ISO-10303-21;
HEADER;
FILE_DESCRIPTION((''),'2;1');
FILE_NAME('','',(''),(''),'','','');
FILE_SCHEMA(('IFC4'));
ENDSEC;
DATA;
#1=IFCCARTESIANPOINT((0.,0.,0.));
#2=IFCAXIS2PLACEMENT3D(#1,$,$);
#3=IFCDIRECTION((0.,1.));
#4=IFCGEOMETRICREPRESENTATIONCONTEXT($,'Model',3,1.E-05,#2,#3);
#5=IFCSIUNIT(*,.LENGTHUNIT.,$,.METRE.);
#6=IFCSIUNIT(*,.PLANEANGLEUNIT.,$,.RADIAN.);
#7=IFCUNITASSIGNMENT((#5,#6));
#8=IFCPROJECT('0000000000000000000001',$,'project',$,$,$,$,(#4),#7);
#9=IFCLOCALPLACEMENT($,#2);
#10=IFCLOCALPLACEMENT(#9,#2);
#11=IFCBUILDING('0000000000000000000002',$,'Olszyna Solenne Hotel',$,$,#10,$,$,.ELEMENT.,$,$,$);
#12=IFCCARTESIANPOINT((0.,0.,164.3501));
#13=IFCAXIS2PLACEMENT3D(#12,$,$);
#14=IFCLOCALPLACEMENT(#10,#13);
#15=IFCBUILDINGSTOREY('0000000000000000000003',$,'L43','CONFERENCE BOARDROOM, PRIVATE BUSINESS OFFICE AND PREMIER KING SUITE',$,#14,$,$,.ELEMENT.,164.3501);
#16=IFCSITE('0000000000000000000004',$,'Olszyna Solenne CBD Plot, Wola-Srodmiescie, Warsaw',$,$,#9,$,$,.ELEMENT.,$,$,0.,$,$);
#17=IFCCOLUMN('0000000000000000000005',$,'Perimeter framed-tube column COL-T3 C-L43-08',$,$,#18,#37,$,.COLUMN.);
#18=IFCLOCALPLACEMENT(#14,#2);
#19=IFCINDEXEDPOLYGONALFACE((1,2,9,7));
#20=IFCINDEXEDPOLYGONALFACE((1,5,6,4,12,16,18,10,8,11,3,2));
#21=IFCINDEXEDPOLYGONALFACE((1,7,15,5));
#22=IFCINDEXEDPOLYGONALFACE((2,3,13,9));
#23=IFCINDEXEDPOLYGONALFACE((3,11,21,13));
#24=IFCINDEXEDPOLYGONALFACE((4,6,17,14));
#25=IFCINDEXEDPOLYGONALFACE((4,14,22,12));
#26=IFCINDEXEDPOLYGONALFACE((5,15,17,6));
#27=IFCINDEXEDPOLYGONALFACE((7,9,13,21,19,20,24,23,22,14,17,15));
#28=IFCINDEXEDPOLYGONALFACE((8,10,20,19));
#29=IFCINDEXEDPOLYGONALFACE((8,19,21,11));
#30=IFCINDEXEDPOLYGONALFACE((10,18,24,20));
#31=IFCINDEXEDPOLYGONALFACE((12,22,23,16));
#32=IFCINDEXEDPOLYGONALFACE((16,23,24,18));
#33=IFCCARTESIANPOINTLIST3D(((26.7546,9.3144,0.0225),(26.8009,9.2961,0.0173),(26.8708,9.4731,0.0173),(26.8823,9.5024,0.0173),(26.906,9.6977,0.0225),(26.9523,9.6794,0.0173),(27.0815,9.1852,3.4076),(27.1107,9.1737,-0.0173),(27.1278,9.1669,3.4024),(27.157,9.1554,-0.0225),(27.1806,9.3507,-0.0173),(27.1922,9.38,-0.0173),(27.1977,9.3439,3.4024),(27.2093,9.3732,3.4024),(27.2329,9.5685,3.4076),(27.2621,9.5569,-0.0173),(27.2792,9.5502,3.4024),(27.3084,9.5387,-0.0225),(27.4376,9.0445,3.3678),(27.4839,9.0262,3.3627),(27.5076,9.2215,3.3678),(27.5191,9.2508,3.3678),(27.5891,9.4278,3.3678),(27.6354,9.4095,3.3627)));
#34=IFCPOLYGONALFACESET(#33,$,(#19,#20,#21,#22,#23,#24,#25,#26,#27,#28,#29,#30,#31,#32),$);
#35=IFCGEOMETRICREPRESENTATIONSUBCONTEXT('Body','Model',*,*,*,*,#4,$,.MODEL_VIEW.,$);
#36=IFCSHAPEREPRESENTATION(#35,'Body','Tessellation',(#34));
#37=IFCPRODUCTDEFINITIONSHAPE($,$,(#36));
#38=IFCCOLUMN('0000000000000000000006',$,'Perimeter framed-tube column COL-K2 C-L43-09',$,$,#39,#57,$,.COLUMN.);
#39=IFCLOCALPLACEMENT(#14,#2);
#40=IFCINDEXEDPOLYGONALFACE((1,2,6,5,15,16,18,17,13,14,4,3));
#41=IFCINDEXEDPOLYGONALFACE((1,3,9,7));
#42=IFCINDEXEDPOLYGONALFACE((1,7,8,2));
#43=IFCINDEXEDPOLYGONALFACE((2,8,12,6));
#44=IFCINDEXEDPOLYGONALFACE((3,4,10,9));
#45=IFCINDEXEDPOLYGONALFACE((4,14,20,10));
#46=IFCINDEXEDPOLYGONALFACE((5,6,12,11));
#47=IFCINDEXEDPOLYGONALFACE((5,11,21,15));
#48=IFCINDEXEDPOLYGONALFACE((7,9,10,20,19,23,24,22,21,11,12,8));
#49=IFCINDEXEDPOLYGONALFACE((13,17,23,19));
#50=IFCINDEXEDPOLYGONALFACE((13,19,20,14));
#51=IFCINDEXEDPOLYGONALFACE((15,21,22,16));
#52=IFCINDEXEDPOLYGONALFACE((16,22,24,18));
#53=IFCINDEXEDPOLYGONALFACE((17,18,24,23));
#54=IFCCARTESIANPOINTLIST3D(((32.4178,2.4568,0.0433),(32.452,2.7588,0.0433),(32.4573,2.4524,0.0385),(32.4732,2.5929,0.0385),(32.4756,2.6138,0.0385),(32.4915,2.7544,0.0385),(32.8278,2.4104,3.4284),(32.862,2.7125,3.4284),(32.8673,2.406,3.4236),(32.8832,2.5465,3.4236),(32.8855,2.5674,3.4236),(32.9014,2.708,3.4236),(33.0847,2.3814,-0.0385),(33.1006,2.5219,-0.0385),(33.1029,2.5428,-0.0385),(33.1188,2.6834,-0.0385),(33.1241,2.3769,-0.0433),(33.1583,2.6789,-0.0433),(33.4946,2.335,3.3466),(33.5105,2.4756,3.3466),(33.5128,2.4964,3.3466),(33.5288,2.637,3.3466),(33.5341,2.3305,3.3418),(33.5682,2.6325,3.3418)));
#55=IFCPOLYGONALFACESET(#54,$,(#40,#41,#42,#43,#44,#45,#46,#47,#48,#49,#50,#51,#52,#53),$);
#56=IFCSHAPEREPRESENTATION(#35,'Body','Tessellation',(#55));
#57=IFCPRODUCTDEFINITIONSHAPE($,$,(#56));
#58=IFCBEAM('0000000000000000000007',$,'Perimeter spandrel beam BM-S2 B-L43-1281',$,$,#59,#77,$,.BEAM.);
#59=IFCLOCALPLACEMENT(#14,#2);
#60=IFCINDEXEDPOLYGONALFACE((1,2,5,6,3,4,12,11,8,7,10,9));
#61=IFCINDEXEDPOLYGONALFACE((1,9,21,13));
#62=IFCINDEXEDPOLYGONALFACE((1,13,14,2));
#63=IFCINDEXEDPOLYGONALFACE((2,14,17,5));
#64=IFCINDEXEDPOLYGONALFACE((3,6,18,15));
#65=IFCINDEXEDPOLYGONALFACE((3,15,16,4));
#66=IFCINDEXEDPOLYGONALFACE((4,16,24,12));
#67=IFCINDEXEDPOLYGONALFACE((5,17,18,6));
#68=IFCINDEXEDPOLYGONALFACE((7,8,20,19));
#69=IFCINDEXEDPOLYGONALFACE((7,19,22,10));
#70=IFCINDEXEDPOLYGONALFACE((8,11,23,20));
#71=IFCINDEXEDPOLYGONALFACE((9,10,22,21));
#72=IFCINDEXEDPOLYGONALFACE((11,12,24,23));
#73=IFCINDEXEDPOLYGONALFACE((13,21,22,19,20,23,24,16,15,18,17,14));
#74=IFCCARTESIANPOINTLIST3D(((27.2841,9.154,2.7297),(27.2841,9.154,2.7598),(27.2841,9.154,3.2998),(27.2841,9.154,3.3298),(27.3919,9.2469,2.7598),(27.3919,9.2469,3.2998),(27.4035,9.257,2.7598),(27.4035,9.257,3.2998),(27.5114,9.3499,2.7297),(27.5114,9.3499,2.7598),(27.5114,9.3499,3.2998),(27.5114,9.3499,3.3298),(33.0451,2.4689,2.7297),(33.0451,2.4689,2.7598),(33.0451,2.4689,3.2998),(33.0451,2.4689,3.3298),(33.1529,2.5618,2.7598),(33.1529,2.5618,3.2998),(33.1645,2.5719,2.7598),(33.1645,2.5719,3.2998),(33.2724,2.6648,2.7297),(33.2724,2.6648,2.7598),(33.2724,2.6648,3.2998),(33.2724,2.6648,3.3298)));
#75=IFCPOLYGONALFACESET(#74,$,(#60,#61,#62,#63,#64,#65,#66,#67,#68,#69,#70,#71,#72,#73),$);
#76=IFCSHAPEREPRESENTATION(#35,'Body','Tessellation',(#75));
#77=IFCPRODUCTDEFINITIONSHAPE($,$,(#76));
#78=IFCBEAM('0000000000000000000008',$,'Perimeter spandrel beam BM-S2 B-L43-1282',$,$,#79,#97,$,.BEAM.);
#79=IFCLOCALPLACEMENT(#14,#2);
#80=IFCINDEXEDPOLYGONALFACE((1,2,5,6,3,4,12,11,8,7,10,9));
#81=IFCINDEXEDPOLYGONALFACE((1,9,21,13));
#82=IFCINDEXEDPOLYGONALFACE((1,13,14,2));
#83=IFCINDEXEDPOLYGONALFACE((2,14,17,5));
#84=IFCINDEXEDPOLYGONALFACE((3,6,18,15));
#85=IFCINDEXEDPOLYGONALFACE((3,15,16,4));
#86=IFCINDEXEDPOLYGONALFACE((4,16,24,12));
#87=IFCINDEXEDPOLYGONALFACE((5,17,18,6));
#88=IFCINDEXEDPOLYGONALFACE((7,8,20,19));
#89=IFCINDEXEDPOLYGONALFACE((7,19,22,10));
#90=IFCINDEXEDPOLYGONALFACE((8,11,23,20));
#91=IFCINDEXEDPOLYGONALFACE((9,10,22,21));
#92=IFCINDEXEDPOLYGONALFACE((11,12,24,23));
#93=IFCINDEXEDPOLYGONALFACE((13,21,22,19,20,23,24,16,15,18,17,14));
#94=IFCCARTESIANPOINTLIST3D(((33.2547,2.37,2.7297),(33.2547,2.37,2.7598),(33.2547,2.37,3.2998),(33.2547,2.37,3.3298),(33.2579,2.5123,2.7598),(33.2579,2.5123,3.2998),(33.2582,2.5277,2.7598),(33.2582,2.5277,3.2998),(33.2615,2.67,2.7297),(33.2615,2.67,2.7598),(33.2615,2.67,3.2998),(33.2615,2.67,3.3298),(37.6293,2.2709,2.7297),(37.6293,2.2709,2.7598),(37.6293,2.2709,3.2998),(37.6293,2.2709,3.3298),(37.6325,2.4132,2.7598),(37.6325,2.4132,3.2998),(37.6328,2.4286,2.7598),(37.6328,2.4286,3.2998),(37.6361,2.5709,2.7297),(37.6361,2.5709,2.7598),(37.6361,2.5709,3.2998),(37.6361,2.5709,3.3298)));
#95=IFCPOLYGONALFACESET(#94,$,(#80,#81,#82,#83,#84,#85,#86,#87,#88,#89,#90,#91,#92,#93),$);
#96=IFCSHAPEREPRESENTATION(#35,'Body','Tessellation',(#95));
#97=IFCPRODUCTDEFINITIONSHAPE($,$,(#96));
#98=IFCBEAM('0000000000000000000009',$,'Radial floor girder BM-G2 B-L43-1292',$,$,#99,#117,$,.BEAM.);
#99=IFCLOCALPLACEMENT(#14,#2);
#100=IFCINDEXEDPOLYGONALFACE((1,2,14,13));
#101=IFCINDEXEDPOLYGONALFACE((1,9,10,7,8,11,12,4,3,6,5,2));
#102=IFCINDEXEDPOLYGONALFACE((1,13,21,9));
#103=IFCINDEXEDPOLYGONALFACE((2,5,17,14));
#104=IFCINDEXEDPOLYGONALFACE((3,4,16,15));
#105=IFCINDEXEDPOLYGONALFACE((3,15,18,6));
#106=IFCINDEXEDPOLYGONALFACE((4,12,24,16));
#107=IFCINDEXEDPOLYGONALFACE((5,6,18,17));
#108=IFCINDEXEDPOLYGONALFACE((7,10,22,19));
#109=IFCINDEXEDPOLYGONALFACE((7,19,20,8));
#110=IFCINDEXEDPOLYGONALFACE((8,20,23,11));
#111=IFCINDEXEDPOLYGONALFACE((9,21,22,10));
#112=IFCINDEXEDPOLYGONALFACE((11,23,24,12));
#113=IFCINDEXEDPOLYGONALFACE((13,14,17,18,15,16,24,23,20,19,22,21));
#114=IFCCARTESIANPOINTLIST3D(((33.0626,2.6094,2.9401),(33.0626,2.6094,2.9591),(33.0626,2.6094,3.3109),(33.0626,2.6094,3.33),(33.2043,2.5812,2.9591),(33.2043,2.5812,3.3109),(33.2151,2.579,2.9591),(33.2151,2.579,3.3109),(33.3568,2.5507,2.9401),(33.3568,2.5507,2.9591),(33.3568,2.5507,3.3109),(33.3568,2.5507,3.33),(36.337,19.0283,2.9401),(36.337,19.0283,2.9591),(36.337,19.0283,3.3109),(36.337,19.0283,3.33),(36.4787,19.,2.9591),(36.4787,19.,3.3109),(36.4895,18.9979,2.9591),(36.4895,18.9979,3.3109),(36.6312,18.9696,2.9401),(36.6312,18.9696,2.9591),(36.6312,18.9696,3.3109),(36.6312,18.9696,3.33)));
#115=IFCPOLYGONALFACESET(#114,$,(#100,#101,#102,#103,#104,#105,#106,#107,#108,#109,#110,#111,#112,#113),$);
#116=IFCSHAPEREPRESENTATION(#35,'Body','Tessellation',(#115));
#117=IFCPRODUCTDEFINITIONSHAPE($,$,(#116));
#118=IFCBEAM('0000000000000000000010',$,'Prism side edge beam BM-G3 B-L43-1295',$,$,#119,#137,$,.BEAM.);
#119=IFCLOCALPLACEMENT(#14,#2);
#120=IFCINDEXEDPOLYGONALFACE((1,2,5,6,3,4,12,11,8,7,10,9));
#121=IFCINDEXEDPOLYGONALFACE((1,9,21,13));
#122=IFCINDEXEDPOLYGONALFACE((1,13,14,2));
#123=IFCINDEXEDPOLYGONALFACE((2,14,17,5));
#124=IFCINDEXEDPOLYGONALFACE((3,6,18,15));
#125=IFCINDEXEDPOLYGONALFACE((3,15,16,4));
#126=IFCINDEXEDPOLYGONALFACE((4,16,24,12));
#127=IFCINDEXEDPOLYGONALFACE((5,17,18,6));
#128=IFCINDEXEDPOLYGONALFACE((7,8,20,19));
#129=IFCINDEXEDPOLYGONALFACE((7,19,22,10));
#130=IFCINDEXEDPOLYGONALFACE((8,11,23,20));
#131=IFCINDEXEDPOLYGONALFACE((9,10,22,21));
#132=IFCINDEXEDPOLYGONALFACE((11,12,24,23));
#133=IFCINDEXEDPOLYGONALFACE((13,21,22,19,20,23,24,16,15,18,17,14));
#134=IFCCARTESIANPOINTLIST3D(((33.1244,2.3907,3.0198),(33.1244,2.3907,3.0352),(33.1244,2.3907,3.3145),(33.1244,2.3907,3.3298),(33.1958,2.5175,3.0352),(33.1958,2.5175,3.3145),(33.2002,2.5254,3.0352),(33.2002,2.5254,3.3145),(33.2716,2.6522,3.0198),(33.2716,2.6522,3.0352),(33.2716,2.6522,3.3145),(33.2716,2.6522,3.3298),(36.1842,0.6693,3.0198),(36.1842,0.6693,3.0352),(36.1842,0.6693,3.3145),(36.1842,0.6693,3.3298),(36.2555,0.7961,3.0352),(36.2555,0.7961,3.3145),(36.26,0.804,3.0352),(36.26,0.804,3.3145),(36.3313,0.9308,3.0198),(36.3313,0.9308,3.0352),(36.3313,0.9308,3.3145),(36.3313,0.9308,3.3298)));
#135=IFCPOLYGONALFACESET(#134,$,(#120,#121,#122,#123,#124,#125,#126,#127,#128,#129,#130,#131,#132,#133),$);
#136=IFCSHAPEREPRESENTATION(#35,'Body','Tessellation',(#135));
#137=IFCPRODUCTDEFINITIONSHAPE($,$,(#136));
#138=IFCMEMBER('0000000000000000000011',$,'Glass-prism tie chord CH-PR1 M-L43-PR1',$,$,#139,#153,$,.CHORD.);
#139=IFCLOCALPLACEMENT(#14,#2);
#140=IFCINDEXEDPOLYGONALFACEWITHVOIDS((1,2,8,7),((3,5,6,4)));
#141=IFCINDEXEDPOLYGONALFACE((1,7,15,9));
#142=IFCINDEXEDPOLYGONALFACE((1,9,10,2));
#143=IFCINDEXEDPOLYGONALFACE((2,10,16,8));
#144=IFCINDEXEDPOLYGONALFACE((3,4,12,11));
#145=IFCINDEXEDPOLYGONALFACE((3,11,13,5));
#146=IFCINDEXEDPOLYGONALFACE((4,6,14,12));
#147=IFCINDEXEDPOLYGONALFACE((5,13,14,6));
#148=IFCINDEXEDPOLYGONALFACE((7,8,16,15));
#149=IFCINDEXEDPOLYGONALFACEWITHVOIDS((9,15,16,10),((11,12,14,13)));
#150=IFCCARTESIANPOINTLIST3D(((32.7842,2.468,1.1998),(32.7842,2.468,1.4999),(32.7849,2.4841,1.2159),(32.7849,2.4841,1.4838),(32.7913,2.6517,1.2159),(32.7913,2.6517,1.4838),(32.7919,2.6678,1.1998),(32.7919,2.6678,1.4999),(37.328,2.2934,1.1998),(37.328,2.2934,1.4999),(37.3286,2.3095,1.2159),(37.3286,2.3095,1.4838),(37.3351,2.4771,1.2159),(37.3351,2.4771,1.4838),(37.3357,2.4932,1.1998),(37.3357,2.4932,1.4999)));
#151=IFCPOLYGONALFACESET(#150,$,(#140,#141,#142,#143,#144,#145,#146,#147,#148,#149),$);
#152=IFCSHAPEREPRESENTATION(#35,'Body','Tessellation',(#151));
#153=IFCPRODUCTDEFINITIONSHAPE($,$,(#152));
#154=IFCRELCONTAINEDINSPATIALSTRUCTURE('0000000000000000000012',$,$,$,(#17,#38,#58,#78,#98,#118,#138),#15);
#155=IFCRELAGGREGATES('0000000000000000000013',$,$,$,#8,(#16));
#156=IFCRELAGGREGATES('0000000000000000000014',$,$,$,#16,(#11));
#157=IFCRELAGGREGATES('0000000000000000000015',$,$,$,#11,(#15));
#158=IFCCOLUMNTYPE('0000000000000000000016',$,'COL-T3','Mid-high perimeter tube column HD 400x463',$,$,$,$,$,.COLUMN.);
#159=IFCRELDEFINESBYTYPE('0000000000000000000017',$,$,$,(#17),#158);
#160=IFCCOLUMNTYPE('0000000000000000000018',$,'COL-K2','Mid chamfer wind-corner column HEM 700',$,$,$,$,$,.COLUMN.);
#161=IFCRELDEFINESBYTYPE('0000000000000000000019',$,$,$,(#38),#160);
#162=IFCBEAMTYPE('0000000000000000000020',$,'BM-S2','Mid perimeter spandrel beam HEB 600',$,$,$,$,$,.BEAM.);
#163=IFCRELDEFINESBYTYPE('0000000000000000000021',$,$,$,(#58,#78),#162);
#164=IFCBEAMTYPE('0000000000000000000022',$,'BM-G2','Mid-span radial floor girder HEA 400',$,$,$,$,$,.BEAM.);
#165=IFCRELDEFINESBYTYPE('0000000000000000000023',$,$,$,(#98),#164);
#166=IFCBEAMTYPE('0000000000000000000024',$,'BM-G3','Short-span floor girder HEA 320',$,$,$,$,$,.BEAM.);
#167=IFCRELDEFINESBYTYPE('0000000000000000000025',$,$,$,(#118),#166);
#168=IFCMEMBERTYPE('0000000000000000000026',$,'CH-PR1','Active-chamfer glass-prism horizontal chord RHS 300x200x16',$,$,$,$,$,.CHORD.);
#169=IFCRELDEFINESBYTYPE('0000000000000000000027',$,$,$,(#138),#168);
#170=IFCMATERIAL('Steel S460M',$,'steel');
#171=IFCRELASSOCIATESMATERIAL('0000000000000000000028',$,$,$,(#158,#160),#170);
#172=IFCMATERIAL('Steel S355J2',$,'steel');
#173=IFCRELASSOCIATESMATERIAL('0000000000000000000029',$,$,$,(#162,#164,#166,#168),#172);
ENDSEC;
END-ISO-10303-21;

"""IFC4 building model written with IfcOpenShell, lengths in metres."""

from ifc_helpers import new_model, si_unit, direction, frame, origin, origin_2d, place, context, subcontext, project, spatial, hollow_rectangle, i_section, extrude, source, transform, mapped, material, material_profile, profile_set, type_object, element, save


model = new_model("IFC4")

# Units and contexts
model_context = context("Model", 3, precision=1e-05, world=origin(), true_north=direction((0.0, 1.0)))
body_context = subcontext(model_context, "Body", "Model", "MODEL_VIEW")
ifc_project = project(units=[si_unit("LENGTHUNIT", "METRE"), si_unit("PLANEANGLEUNIT", "RADIAN")], contexts=[model_context])

# Site, building, storey
site_placement = place(None, origin())
site = spatial("IfcSite", under=ifc_project, at=site_placement, Name="Olszyna Solenne CBD Plot, Wola-Srodmiescie, Warsaw", CompositionType="ELEMENT", RefElevation=0.0)
building_placement = place(site_placement, origin())
building = spatial("IfcBuilding", under=site, at=building_placement, Name="Olszyna Solenne Hotel", CompositionType="ELEMENT")
storey_placement = place(building_placement, frame((0.0, 0.0, 164.3501)))
storey = spatial("IfcBuildingStorey", under=building, at=storey_placement, Name="L43", Description="CONFERENCE BOARDROOM, PRIVATE BUSINESS OFFICE AND PREMIER KING SUITE", CompositionType="ELEMENT", Elevation=164.3501)

# Columns
ifc_material_1 = material(Name="Steel S460M", Category="steel")
ifc_material_profile_1 = material_profile(ifc_material_1, i_section(OverallWidth=0.4121, OverallDepth=0.4351, WebThickness=0.0315, FlangeThickness=0.05, at=origin_2d()), Name="HD 400x463", Category="load-bearing")
ifc_profile_set_1 = profile_set([ifc_material_profile_1], Name="Steel S460M")
column_type_1 = type_object("IfcColumnType", Name="COL-T3", Description="Mid-high perimeter tube column HD 400x463", PredefinedType="COLUMN", material=ifc_profile_set_1)
shared_shape_1 = source(origin(), body_context, "Body", "SweptSolid", [
    extrude(i_section(OverallWidth=0.4121, OverallDepth=0.4351, WebThickness=0.0315, FlangeThickness=0.05, at=origin_2d()), origin(), (0.0, 0.0, 1.0), 3.4033),
])
column_1_placement = place(storey_placement, frame((27.0315, 9.4265, 0.0), z_axis=(0.096058, -0.03795, 0.994652), x_axis=(0.367435, 0.930049, 0.0)))
element("IfcColumn", 1, at=column_1_placement, inside=storey, type_object=column_type_1, Name="Perimeter framed-tube column COL-T3 C-L43-08", PredefinedType="COLUMN", context=body_context, shape_type="MappedRepresentation", body=[
    mapped(shared_shape_1, transform((0.0, 0.0, 0.0), x_axis=(1.0, 0.0, 0.0), y_axis=(0.0, 1.0, 0.0), z_axis=(0.0, 0.0, 1.0), scale=1.0)),
])
ifc_material_profile_2 = material_profile(ifc_material_1, i_section(OverallWidth=0.304, OverallDepth=0.7161, WebThickness=0.021, FlangeThickness=0.04, at=origin_2d()), Name="HEM 700", Category="load-bearing")
ifc_profile_set_2 = profile_set([ifc_material_profile_2], Name="Steel S460M")
column_type_2 = type_object("IfcColumnType", Name="COL-K2", Description="Mid chamfer wind-corner column HEM 700", PredefinedType="COLUMN", material=ifc_profile_set_2)
shared_shape_2 = source(origin(), body_context, "Body", "SweptSolid", [
    extrude(i_section(OverallWidth=0.304, OverallDepth=0.7161, WebThickness=0.021, FlangeThickness=0.04, at=origin_2d()), origin(), (0.0, 0.0, 1.0), 3.4102),
])
column_2_placement = place(storey_placement, frame((32.7881, 2.5679, 0.0), z_axis=(0.120207, -0.013603, 0.992656), x_axis=(0.112445, 0.993658, 0.0)))
element("IfcColumn", 2, at=column_2_placement, inside=storey, type_object=column_type_2, Name="Perimeter framed-tube column COL-K2 C-L43-09", PredefinedType="COLUMN", context=body_context, shape_type="MappedRepresentation", body=[
    mapped(shared_shape_2, transform((0.0, 0.0, 0.0), x_axis=(1.0, 0.0, 0.0), y_axis=(0.0, 1.0, 0.0), z_axis=(0.0, 0.0, 1.0), scale=1.0)),
])

# Beams
ifc_material_2 = material(Name="Steel S355J2", Category="steel")
ifc_material_profile_3 = material_profile(ifc_material_2, i_section(OverallWidth=0.3, OverallDepth=0.6001, WebThickness=0.0154, FlangeThickness=0.03, at=origin_2d()), Name="HEB 600", Category="load-bearing")
ifc_profile_set_3 = profile_set([ifc_material_profile_3], Name="Steel S355J2")
beam_type_1 = type_object("IfcBeamType", Name="BM-S2", Description="Mid perimeter spandrel beam HEB 600", PredefinedType="BEAM", material=ifc_profile_set_3)
shared_shape_3 = source(origin(), body_context, "Body", "SweptSolid", [
    extrude(i_section(OverallWidth=0.3, OverallDepth=0.6001, WebThickness=0.0154, FlangeThickness=0.03, at=origin_2d()), origin(), (0.0, 0.0, 1.0), 8.825),
])
beam_1_placement = place(storey_placement, frame((27.3977, 9.252, 3.0298), z_axis=(0.65281, -0.757522, 0.0), x_axis=(0.757522, 0.65281, 0.0)))
element("IfcBeam", 3, at=beam_1_placement, inside=storey, type_object=beam_type_1, Name="Perimeter spandrel beam BM-S2 B-L43-1281", PredefinedType="BEAM", context=body_context, shape_type="MappedRepresentation", body=[
    mapped(shared_shape_3, transform((0.0, 0.0, 0.0), x_axis=(1.0, 0.0, 0.0), y_axis=(0.0, 1.0, 0.0), z_axis=(0.0, 0.0, 1.0), scale=1.0)),
])
shared_shape_4 = source(origin(), body_context, "Body", "SweptSolid", [
    extrude(i_section(OverallWidth=0.3, OverallDepth=0.6001, WebThickness=0.0154, FlangeThickness=0.03, at=origin_2d()), origin(), (0.0, 0.0, 1.0), 4.3757),
])
beam_2_placement = place(storey_placement, frame((33.2581, 2.52, 3.0298), z_axis=(0.999743, -0.022653, 0.0), x_axis=(0.022653, 0.999743, 0.0)))
element("IfcBeam", 4, at=beam_2_placement, inside=storey, type_object=beam_type_1, Name="Perimeter spandrel beam BM-S2 B-L43-1282", PredefinedType="BEAM", context=body_context, shape_type="MappedRepresentation", body=[
    mapped(shared_shape_4, transform((0.0, 0.0, 0.0), x_axis=(1.0, 0.0, 0.0), y_axis=(0.0, 1.0, 0.0), z_axis=(0.0, 0.0, 1.0), scale=1.0)),
])
ifc_material_profile_4 = material_profile(ifc_material_2, i_section(OverallWidth=0.3, OverallDepth=0.3899, WebThickness=0.011, FlangeThickness=0.019, at=origin_2d()), Name="HEA 400", Category="load-bearing")
ifc_profile_set_4 = profile_set([ifc_material_profile_4], Name="Steel S355J2")
beam_type_2 = type_object("IfcBeamType", Name="BM-G2", Description="Mid-span radial floor girder HEA 400", PredefinedType="BEAM", material=ifc_profile_set_4)
shared_shape_5 = source(origin(), body_context, "Body", "SweptSolid", [
    extrude(i_section(OverallWidth=0.3, OverallDepth=0.3899, WebThickness=0.011, FlangeThickness=0.019, at=origin_2d()), origin(), (0.0, 0.0, 1.0), 16.7422),
])
beam_3_placement = place(storey_placement, frame((33.2097, 2.5801, 3.135), z_axis=(0.195578, 0.980688, 0.0), x_axis=(-0.980688, 0.195578, 0.0)))
element("IfcBeam", 5, at=beam_3_placement, inside=storey, type_object=beam_type_2, Name="Radial floor girder BM-G2 B-L43-1292", PredefinedType="BEAM", context=body_context, shape_type="MappedRepresentation", body=[
    mapped(shared_shape_5, transform((0.0, 0.0, 0.0), x_axis=(1.0, 0.0, 0.0), y_axis=(0.0, 1.0, 0.0), z_axis=(0.0, 0.0, 1.0), scale=1.0)),
])
ifc_material_profile_5 = material_profile(ifc_material_2, i_section(OverallWidth=0.3, OverallDepth=0.3101, WebThickness=0.009, FlangeThickness=0.0154, at=origin_2d()), Name="HEA 320", Category="load-bearing")
ifc_profile_set_5 = profile_set([ifc_material_profile_5], Name="Steel S355J2")
beam_type_3 = type_object("IfcBeamType", Name="BM-G3", Description="Short-span floor girder HEA 320", PredefinedType="BEAM", material=ifc_profile_set_5)
shared_shape_6 = source(origin(), body_context, "Body", "SweptSolid", [
    extrude(i_section(OverallWidth=0.3, OverallDepth=0.3101, WebThickness=0.009, FlangeThickness=0.0154, at=origin_2d()), origin(), (0.0, 0.0, 1.0), 3.5107),
])
beam_4_placement = place(storey_placement, frame((33.198, 2.5215, 3.1748), z_axis=(0.87154, -0.490324, 0.0), x_axis=(0.490324, 0.87154, 0.0)))
element("IfcBeam", 6, at=beam_4_placement, inside=storey, type_object=beam_type_3, Name="Prism side edge beam BM-G3 B-L43-1295", PredefinedType="BEAM", context=body_context, shape_type="MappedRepresentation", body=[
    mapped(shared_shape_6, transform((0.0, 0.0, 0.0), x_axis=(1.0, 0.0, 0.0), y_axis=(0.0, 1.0, 0.0), z_axis=(0.0, 0.0, 1.0), scale=1.0)),
])

# Member
ifc_material_profile_6 = material_profile(ifc_material_2, hollow_rectangle(XDim=0.2, YDim=0.3, WallThickness=0.0161, at=origin_2d()), Name="RHS 300x200x16", Category="load-bearing")
ifc_profile_set_6 = profile_set([ifc_material_profile_6], Name="Steel S355J2")
member_type_1 = type_object("IfcMemberType", Name="CH-PR1", Description="Active-chamfer glass-prism horizontal chord RHS 300x200x16", PredefinedType="CHORD", material=ifc_profile_set_6)
shared_shape_7 = source(origin(), body_context, "Body", "SweptSolid", [
    extrude(hollow_rectangle(XDim=0.2, YDim=0.3, WallThickness=0.0161, at=origin_2d()), origin(), (0.0, 0.0, 1.0), 4.5471),
])
for number, where, z_axis, x_axis, name in (
    (7, (32.7881, 2.5679, 1.3499), (0.999263, -0.03839, 0.0), (0.03839, 0.999263, 0.0), "Glass-prism tie chord CH-PR1 M-L43-PR1"),
):
    element("IfcMember", number, at=place(storey_placement, frame(where, z_axis=z_axis, x_axis=x_axis)), inside=storey, type_object=member_type_1, Name=name, PredefinedType="CHORD", context=body_context, shape_type="MappedRepresentation", body=[
        mapped(shared_shape_7, transform((0.0, 0.0, 0.0), x_axis=(1.0, 0.0, 0.0), y_axis=(0.0, 1.0, 0.0), z_axis=(0.0, 0.0, 1.0), scale=1.0)),
    ])

save(model, "model.ifc")
